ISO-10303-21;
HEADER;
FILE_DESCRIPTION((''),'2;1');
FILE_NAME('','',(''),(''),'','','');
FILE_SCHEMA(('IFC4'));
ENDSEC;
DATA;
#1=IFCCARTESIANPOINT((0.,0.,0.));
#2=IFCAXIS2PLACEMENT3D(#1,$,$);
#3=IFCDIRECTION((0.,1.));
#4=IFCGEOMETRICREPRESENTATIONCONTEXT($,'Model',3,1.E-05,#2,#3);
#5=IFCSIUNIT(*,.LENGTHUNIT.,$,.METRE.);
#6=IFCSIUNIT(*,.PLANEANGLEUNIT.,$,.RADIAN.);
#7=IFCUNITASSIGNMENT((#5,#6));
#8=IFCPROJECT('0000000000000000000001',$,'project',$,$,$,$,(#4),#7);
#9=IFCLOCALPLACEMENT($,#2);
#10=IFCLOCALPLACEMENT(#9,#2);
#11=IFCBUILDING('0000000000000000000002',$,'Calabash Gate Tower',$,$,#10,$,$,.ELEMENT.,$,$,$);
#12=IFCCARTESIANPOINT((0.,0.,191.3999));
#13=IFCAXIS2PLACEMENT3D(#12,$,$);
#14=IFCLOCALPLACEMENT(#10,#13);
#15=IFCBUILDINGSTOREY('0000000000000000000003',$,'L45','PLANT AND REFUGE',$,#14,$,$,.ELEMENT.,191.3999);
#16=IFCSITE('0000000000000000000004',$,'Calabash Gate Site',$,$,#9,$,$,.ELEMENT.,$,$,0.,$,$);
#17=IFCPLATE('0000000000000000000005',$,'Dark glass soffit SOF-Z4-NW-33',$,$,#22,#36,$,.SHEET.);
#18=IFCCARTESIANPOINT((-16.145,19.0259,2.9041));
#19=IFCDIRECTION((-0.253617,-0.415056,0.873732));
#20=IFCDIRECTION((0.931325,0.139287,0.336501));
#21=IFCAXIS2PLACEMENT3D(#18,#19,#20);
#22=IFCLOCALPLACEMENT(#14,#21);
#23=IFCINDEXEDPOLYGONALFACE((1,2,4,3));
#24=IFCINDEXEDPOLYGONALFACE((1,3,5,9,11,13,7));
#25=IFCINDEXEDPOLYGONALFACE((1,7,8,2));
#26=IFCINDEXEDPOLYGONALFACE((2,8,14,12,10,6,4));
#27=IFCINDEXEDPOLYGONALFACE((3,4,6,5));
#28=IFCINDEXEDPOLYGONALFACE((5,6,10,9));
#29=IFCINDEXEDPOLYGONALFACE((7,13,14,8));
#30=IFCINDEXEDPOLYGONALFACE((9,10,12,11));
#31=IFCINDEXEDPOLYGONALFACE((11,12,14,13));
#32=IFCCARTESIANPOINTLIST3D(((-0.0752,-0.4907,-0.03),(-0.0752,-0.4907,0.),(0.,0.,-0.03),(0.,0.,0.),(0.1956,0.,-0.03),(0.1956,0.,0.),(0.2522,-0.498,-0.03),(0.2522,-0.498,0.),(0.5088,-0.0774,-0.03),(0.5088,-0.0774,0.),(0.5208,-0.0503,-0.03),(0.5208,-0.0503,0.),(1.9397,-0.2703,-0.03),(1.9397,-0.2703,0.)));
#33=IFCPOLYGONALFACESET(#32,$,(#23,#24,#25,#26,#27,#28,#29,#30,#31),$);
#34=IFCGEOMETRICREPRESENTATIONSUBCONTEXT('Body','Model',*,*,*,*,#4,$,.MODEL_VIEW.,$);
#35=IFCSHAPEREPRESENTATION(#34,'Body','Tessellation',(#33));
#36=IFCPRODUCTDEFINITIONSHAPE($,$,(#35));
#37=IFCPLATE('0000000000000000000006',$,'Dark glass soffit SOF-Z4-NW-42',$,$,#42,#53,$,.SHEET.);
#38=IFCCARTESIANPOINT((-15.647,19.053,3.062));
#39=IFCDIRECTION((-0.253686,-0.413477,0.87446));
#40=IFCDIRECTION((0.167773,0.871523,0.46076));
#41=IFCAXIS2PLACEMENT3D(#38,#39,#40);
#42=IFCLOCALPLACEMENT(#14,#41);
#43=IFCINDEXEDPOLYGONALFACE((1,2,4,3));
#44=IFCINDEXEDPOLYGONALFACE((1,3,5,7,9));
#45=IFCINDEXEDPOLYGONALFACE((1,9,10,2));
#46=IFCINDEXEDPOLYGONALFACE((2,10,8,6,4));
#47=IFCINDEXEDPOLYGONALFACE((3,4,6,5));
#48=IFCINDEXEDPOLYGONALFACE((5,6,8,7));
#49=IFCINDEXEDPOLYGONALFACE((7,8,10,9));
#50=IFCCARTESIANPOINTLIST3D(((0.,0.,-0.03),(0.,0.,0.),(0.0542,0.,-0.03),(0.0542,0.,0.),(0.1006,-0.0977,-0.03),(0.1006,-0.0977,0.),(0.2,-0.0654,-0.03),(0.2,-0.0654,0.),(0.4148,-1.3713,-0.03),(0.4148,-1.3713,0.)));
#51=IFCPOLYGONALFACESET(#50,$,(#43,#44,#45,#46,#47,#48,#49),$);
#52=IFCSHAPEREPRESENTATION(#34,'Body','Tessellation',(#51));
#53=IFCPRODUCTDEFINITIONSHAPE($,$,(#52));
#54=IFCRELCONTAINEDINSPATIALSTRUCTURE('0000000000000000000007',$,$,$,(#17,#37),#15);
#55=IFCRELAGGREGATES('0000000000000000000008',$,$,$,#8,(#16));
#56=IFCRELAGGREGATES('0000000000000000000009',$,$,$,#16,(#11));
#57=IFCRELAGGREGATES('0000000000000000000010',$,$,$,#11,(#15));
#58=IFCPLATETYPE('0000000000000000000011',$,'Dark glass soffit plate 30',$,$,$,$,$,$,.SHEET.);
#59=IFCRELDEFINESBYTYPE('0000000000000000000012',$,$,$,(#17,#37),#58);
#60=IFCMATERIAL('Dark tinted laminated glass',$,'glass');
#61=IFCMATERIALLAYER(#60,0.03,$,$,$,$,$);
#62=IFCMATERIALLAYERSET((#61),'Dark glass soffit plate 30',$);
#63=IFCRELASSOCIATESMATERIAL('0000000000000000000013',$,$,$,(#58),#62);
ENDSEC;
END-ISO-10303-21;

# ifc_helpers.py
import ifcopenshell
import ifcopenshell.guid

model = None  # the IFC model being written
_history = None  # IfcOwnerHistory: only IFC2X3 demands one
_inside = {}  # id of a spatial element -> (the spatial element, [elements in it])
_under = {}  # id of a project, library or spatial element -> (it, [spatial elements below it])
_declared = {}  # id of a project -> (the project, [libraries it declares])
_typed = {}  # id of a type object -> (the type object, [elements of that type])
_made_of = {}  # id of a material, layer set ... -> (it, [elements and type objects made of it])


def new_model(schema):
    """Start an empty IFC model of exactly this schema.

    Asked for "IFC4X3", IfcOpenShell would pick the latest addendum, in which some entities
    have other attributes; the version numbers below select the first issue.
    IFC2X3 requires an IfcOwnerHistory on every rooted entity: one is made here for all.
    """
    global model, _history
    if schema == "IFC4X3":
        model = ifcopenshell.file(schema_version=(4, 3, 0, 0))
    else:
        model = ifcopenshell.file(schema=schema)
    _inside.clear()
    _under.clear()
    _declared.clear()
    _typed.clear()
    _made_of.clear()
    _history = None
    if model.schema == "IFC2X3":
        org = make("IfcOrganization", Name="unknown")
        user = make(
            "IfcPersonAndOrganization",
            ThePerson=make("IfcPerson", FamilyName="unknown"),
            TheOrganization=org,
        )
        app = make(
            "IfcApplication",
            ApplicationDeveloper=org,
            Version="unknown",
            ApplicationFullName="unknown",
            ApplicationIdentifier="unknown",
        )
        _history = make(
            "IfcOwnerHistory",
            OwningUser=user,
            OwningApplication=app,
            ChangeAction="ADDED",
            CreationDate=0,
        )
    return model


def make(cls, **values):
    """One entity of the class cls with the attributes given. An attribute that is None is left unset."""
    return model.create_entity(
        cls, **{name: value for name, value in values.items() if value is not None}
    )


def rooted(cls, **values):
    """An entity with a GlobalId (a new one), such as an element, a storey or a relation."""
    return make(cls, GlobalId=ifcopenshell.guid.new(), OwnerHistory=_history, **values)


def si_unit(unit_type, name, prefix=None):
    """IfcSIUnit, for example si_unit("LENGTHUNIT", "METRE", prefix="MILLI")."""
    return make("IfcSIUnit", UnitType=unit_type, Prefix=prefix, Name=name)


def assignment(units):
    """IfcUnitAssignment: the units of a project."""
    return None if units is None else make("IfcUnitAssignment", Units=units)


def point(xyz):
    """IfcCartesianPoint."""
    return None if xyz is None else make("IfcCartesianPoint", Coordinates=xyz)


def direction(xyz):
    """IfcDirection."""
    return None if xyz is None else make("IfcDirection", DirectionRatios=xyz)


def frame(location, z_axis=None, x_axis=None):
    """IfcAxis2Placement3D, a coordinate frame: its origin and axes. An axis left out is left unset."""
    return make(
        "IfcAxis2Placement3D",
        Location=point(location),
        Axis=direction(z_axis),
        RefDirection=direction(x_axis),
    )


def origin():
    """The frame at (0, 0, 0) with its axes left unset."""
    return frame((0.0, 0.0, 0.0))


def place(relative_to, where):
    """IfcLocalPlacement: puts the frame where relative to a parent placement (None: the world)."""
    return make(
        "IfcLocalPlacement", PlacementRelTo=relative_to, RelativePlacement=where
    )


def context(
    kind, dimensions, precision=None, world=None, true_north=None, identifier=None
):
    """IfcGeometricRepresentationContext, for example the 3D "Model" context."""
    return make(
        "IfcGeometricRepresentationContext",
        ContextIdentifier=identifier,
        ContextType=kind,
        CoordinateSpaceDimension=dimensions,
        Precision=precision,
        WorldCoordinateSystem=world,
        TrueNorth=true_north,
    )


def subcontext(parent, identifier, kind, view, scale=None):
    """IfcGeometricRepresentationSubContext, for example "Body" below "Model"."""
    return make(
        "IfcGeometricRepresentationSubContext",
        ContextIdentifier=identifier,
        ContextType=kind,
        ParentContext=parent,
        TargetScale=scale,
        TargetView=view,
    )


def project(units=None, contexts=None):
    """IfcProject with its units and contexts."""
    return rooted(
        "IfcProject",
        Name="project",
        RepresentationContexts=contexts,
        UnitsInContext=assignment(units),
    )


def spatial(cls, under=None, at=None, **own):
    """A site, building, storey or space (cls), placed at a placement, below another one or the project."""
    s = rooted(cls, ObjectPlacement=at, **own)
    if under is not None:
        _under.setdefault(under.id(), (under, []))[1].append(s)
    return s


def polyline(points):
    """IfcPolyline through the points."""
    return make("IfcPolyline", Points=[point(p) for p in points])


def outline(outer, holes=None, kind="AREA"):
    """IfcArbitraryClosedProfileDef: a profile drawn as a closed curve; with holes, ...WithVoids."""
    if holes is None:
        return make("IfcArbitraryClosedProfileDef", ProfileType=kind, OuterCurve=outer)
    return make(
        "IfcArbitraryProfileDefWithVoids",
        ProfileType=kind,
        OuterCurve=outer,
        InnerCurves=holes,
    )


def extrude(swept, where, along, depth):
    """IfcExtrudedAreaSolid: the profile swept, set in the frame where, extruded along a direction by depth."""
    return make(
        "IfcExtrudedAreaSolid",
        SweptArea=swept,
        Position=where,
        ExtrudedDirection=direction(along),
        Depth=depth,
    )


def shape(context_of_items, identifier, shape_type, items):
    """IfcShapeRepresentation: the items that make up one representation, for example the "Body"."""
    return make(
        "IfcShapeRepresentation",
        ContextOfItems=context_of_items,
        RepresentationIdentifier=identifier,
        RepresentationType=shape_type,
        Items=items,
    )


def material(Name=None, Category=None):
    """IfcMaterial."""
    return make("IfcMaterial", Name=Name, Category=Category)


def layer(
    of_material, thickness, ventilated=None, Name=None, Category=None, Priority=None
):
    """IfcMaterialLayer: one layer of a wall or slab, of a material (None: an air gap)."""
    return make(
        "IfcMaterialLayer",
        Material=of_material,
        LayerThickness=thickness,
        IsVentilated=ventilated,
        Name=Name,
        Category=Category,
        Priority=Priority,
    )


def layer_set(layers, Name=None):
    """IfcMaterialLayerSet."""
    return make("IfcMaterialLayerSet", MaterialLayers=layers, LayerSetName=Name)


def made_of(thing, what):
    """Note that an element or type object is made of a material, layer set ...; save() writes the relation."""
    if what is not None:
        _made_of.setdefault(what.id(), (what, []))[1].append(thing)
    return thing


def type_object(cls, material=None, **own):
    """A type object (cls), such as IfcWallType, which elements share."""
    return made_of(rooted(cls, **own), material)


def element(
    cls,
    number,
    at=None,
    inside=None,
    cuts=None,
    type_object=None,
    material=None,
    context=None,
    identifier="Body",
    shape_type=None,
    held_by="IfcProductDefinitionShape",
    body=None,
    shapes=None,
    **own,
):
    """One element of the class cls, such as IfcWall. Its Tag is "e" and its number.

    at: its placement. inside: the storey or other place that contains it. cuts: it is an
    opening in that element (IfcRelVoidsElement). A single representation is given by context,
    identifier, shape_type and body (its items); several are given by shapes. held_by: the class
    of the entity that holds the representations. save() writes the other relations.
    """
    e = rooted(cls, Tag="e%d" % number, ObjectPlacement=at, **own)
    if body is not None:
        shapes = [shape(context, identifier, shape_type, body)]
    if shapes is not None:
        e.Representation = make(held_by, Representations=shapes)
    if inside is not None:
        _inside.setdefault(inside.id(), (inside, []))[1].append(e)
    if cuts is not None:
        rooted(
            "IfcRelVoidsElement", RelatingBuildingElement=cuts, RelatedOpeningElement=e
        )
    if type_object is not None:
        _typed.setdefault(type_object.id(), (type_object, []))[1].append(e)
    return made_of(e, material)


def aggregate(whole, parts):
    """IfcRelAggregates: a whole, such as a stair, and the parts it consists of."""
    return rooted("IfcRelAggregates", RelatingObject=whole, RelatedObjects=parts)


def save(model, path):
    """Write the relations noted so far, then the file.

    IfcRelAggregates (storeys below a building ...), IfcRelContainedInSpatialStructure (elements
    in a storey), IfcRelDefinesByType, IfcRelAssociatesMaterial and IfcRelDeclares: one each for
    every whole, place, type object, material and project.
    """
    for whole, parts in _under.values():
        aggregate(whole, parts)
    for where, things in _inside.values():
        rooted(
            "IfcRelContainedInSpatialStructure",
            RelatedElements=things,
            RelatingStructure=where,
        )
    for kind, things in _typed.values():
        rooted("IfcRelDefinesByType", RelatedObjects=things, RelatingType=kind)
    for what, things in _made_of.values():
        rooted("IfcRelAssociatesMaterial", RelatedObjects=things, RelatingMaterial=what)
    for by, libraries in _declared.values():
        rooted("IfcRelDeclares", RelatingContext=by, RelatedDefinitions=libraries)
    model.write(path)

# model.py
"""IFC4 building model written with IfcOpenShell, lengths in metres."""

from ifc_helpers import new_model, si_unit, direction, frame, origin, place, context, subcontext, project, spatial, polyline, outline, extrude, material, layer, layer_set, type_object, element, save


model = new_model("IFC4")

# Units and contexts
model_context = context("Model", 3, precision=1e-05, world=origin(), true_north=direction((0.0, 1.0)))
body_context = subcontext(model_context, "Body", "Model", "MODEL_VIEW")
ifc_project = project(units=[si_unit("LENGTHUNIT", "METRE"), si_unit("PLANEANGLEUNIT", "RADIAN")], contexts=[model_context])

# Site, building, storey
site_placement = place(None, origin())
site = spatial("IfcSite", under=ifc_project, at=site_placement, Name="Calabash Gate Site", CompositionType="ELEMENT", RefElevation=0.0)
building_placement = place(site_placement, origin())
building = spatial("IfcBuilding", under=site, at=building_placement, Name="Calabash Gate Tower", CompositionType="ELEMENT")
storey_placement = place(building_placement, frame((0.0, 0.0, 191.3999)))
storey = spatial("IfcBuildingStorey", under=building, at=storey_placement, Name="L45", Description="PLANT AND REFUGE", CompositionType="ELEMENT", Elevation=191.3999)

# Plates
ifc_material_1 = material(Name="Dark tinted laminated glass", Category="glass")
ifc_layer_1 = layer(ifc_material_1, 0.03)
ifc_layer_set_1 = layer_set([ifc_layer_1], Name="Dark glass soffit plate 30")
plate_type = type_object("IfcPlateType", Name="Dark glass soffit plate 30", PredefinedType="SHEET", material=ifc_layer_set_1)
plate_1_placement = place(storey_placement, frame((-16.145, 19.0259, 2.9041), z_axis=(-0.253617, -0.415056, 0.873732), x_axis=(0.931325, 0.139287, 0.336501)))
element("IfcPlate", 1, at=plate_1_placement, inside=storey, type_object=plate_type, Name="Dark glass soffit SOF-Z4-NW-33", PredefinedType="SHEET", context=body_context, shape_type="SweptSolid", body=[
    extrude(outline(polyline([(0.0, 0.0), (0.1956, 0.0), (0.5088, -0.0774), (0.5208, -0.0503), (1.9397, -0.2703), (0.2522, -0.498), (-0.0752, -0.4907), (0.0, 0.0)])), origin(), (0.0, 0.0, -1.0), 0.03),
])
plate_2_placement = place(storey_placement, frame((-15.647, 19.053, 3.062), z_axis=(-0.253686, -0.413477, 0.87446), x_axis=(0.167773, 0.871523, 0.46076)))
element("IfcPlate", 2, at=plate_2_placement, inside=storey, type_object=plate_type, Name="Dark glass soffit SOF-Z4-NW-42", PredefinedType="SHEET", context=body_context, shape_type="SweptSolid", body=[
    extrude(outline(polyline([(0.0, 0.0), (0.0542, 0.0), (0.1006, -0.0977), (0.2, -0.0654), (0.4148, -1.3713), (0.0, 0.0)])), origin(), (0.0, 0.0, -1.0), 0.03),
])

save(model, "model.ifc")
